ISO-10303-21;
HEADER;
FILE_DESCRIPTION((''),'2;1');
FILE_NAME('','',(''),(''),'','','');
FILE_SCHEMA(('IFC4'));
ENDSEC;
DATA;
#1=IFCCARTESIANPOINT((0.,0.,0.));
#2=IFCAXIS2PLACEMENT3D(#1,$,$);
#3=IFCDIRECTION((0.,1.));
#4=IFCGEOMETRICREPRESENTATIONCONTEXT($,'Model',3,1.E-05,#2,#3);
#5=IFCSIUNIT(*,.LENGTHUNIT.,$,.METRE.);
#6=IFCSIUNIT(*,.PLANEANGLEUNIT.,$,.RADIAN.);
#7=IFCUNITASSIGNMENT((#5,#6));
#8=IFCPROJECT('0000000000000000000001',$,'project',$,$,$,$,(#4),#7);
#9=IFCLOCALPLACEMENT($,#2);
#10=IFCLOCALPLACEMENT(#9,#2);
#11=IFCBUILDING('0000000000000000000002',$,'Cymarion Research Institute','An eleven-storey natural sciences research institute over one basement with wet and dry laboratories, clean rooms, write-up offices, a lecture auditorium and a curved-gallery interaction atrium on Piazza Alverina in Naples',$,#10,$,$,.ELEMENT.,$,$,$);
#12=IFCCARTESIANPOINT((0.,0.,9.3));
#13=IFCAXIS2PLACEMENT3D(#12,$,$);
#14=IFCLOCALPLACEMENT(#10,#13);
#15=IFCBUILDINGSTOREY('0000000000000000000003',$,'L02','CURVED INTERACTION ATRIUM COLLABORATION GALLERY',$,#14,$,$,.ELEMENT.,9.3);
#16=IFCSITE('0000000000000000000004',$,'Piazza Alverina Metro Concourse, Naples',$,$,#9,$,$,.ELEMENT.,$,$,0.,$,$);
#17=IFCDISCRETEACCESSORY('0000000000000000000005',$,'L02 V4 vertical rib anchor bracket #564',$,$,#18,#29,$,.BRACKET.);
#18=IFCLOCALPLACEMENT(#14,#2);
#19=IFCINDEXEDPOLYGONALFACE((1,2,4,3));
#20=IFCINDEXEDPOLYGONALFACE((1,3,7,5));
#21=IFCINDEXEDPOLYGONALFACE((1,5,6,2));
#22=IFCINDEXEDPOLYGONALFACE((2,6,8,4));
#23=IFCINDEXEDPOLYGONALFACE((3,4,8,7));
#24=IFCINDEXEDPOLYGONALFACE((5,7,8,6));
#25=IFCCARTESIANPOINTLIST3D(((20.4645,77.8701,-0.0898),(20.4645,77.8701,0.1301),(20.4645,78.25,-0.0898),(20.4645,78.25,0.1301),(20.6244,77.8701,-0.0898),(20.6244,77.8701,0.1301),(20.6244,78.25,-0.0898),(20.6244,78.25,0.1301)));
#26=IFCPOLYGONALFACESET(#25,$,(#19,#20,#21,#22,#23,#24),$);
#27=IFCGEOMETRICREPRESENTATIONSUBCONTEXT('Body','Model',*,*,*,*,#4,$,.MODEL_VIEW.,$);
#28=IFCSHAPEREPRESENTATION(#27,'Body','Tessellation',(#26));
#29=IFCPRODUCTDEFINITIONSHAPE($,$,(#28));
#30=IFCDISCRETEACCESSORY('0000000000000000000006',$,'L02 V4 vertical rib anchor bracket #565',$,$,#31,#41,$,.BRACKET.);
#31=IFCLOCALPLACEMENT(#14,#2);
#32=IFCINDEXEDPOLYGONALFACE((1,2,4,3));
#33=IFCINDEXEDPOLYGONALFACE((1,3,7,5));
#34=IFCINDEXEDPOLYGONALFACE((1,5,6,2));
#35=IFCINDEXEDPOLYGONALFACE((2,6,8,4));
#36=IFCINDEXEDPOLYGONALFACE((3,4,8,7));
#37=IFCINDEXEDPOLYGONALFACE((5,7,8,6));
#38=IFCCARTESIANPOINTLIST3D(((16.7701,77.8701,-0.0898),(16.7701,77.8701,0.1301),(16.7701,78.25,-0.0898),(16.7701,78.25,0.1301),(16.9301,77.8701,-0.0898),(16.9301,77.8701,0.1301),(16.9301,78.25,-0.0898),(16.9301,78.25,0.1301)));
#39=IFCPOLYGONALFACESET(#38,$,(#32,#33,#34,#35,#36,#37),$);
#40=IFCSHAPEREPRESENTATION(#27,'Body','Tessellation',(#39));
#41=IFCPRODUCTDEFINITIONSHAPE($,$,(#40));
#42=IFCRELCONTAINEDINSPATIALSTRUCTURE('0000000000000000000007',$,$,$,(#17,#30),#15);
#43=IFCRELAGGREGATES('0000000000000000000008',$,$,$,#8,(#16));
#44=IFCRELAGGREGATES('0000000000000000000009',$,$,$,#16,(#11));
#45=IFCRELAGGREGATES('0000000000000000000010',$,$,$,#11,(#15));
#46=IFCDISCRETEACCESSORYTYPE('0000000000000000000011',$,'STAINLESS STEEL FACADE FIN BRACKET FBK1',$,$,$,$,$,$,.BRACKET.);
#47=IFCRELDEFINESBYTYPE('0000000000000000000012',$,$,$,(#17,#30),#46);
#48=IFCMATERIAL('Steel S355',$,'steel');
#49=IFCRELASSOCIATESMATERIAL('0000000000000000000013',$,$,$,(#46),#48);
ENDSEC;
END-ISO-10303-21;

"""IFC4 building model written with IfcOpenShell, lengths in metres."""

from ifc_helpers import new_model, si_unit, direction, frame, origin, origin_2d, place, context, subcontext, project, spatial, rectangle, extrude, material, type_object, element, save


model = new_model("IFC4")

# Units and contexts
model_context = context("Model", 3, precision=1e-05, world=origin(), true_north=direction((0.0, 1.0)))
body_context = subcontext(model_context, "Body", "Model", "MODEL_VIEW")
ifc_project = project(units=[si_unit("LENGTHUNIT", "METRE"), si_unit("PLANEANGLEUNIT", "RADIAN")], contexts=[model_context])

# Site, building, storey
site_placement = place(None, origin())
site = spatial("IfcSite", under=ifc_project, at=site_placement, Name="Piazza Alverina Metro Concourse, Naples", CompositionType="ELEMENT", RefElevation=0.0)
building_placement = place(site_placement, origin())
building = spatial("IfcBuilding", under=site, at=building_placement, Name="Cymarion Research Institute", Description="An eleven-storey natural sciences research institute over one basement with wet and dry laboratories, clean rooms, write-up offices, a lecture auditorium and a curved-gallery interaction atrium on Piazza Alverina in Naples", CompositionType="ELEMENT")
storey_placement = place(building_placement, frame((0.0, 0.0, 9.3)))
storey = spatial("IfcBuildingStorey", under=building, at=storey_placement, Name="L02", Description="CURVED INTERACTION ATRIUM COLLABORATION GALLERY", CompositionType="ELEMENT", Elevation=9.3)

# Shared definitions
ifc_material_1 = material(Name="Steel S355", Category="steel")

# Discrete accessories
discrete_accessory_type = type_object("IfcDiscreteAccessoryType", Name="STAINLESS STEEL FACADE FIN BRACKET FBK1", PredefinedType="BRACKET", material=ifc_material_1)
for number, where, z_axis, x_axis, name in (
    (1, (20.5444, 78.0601, -0.0898), (0.0, 0.0, 1.0), (0.0, 1.0, 0.0), "L02 V4 vertical rib anchor bracket #564"),
    (2, (16.8501, 78.0601, -0.0898), (0.0, 0.0, 1.0), (0.0, 1.0, 0.0), "L02 V4 vertical rib anchor bracket #565"),
):
    element("IfcDiscreteAccessory", number, at=place(storey_placement, frame(where, z_axis=z_axis, x_axis=x_axis)), inside=storey, type_object=discrete_accessory_type, Name=name, PredefinedType="BRACKET", context=body_context, shape_type="SweptSolid", body=[
        extrude(rectangle(XDim=0.3799, YDim=0.1599, at=origin_2d()), origin(), (0.0, 0.0, 1.0), 0.22),
    ])

save(model, "model.ifc")
